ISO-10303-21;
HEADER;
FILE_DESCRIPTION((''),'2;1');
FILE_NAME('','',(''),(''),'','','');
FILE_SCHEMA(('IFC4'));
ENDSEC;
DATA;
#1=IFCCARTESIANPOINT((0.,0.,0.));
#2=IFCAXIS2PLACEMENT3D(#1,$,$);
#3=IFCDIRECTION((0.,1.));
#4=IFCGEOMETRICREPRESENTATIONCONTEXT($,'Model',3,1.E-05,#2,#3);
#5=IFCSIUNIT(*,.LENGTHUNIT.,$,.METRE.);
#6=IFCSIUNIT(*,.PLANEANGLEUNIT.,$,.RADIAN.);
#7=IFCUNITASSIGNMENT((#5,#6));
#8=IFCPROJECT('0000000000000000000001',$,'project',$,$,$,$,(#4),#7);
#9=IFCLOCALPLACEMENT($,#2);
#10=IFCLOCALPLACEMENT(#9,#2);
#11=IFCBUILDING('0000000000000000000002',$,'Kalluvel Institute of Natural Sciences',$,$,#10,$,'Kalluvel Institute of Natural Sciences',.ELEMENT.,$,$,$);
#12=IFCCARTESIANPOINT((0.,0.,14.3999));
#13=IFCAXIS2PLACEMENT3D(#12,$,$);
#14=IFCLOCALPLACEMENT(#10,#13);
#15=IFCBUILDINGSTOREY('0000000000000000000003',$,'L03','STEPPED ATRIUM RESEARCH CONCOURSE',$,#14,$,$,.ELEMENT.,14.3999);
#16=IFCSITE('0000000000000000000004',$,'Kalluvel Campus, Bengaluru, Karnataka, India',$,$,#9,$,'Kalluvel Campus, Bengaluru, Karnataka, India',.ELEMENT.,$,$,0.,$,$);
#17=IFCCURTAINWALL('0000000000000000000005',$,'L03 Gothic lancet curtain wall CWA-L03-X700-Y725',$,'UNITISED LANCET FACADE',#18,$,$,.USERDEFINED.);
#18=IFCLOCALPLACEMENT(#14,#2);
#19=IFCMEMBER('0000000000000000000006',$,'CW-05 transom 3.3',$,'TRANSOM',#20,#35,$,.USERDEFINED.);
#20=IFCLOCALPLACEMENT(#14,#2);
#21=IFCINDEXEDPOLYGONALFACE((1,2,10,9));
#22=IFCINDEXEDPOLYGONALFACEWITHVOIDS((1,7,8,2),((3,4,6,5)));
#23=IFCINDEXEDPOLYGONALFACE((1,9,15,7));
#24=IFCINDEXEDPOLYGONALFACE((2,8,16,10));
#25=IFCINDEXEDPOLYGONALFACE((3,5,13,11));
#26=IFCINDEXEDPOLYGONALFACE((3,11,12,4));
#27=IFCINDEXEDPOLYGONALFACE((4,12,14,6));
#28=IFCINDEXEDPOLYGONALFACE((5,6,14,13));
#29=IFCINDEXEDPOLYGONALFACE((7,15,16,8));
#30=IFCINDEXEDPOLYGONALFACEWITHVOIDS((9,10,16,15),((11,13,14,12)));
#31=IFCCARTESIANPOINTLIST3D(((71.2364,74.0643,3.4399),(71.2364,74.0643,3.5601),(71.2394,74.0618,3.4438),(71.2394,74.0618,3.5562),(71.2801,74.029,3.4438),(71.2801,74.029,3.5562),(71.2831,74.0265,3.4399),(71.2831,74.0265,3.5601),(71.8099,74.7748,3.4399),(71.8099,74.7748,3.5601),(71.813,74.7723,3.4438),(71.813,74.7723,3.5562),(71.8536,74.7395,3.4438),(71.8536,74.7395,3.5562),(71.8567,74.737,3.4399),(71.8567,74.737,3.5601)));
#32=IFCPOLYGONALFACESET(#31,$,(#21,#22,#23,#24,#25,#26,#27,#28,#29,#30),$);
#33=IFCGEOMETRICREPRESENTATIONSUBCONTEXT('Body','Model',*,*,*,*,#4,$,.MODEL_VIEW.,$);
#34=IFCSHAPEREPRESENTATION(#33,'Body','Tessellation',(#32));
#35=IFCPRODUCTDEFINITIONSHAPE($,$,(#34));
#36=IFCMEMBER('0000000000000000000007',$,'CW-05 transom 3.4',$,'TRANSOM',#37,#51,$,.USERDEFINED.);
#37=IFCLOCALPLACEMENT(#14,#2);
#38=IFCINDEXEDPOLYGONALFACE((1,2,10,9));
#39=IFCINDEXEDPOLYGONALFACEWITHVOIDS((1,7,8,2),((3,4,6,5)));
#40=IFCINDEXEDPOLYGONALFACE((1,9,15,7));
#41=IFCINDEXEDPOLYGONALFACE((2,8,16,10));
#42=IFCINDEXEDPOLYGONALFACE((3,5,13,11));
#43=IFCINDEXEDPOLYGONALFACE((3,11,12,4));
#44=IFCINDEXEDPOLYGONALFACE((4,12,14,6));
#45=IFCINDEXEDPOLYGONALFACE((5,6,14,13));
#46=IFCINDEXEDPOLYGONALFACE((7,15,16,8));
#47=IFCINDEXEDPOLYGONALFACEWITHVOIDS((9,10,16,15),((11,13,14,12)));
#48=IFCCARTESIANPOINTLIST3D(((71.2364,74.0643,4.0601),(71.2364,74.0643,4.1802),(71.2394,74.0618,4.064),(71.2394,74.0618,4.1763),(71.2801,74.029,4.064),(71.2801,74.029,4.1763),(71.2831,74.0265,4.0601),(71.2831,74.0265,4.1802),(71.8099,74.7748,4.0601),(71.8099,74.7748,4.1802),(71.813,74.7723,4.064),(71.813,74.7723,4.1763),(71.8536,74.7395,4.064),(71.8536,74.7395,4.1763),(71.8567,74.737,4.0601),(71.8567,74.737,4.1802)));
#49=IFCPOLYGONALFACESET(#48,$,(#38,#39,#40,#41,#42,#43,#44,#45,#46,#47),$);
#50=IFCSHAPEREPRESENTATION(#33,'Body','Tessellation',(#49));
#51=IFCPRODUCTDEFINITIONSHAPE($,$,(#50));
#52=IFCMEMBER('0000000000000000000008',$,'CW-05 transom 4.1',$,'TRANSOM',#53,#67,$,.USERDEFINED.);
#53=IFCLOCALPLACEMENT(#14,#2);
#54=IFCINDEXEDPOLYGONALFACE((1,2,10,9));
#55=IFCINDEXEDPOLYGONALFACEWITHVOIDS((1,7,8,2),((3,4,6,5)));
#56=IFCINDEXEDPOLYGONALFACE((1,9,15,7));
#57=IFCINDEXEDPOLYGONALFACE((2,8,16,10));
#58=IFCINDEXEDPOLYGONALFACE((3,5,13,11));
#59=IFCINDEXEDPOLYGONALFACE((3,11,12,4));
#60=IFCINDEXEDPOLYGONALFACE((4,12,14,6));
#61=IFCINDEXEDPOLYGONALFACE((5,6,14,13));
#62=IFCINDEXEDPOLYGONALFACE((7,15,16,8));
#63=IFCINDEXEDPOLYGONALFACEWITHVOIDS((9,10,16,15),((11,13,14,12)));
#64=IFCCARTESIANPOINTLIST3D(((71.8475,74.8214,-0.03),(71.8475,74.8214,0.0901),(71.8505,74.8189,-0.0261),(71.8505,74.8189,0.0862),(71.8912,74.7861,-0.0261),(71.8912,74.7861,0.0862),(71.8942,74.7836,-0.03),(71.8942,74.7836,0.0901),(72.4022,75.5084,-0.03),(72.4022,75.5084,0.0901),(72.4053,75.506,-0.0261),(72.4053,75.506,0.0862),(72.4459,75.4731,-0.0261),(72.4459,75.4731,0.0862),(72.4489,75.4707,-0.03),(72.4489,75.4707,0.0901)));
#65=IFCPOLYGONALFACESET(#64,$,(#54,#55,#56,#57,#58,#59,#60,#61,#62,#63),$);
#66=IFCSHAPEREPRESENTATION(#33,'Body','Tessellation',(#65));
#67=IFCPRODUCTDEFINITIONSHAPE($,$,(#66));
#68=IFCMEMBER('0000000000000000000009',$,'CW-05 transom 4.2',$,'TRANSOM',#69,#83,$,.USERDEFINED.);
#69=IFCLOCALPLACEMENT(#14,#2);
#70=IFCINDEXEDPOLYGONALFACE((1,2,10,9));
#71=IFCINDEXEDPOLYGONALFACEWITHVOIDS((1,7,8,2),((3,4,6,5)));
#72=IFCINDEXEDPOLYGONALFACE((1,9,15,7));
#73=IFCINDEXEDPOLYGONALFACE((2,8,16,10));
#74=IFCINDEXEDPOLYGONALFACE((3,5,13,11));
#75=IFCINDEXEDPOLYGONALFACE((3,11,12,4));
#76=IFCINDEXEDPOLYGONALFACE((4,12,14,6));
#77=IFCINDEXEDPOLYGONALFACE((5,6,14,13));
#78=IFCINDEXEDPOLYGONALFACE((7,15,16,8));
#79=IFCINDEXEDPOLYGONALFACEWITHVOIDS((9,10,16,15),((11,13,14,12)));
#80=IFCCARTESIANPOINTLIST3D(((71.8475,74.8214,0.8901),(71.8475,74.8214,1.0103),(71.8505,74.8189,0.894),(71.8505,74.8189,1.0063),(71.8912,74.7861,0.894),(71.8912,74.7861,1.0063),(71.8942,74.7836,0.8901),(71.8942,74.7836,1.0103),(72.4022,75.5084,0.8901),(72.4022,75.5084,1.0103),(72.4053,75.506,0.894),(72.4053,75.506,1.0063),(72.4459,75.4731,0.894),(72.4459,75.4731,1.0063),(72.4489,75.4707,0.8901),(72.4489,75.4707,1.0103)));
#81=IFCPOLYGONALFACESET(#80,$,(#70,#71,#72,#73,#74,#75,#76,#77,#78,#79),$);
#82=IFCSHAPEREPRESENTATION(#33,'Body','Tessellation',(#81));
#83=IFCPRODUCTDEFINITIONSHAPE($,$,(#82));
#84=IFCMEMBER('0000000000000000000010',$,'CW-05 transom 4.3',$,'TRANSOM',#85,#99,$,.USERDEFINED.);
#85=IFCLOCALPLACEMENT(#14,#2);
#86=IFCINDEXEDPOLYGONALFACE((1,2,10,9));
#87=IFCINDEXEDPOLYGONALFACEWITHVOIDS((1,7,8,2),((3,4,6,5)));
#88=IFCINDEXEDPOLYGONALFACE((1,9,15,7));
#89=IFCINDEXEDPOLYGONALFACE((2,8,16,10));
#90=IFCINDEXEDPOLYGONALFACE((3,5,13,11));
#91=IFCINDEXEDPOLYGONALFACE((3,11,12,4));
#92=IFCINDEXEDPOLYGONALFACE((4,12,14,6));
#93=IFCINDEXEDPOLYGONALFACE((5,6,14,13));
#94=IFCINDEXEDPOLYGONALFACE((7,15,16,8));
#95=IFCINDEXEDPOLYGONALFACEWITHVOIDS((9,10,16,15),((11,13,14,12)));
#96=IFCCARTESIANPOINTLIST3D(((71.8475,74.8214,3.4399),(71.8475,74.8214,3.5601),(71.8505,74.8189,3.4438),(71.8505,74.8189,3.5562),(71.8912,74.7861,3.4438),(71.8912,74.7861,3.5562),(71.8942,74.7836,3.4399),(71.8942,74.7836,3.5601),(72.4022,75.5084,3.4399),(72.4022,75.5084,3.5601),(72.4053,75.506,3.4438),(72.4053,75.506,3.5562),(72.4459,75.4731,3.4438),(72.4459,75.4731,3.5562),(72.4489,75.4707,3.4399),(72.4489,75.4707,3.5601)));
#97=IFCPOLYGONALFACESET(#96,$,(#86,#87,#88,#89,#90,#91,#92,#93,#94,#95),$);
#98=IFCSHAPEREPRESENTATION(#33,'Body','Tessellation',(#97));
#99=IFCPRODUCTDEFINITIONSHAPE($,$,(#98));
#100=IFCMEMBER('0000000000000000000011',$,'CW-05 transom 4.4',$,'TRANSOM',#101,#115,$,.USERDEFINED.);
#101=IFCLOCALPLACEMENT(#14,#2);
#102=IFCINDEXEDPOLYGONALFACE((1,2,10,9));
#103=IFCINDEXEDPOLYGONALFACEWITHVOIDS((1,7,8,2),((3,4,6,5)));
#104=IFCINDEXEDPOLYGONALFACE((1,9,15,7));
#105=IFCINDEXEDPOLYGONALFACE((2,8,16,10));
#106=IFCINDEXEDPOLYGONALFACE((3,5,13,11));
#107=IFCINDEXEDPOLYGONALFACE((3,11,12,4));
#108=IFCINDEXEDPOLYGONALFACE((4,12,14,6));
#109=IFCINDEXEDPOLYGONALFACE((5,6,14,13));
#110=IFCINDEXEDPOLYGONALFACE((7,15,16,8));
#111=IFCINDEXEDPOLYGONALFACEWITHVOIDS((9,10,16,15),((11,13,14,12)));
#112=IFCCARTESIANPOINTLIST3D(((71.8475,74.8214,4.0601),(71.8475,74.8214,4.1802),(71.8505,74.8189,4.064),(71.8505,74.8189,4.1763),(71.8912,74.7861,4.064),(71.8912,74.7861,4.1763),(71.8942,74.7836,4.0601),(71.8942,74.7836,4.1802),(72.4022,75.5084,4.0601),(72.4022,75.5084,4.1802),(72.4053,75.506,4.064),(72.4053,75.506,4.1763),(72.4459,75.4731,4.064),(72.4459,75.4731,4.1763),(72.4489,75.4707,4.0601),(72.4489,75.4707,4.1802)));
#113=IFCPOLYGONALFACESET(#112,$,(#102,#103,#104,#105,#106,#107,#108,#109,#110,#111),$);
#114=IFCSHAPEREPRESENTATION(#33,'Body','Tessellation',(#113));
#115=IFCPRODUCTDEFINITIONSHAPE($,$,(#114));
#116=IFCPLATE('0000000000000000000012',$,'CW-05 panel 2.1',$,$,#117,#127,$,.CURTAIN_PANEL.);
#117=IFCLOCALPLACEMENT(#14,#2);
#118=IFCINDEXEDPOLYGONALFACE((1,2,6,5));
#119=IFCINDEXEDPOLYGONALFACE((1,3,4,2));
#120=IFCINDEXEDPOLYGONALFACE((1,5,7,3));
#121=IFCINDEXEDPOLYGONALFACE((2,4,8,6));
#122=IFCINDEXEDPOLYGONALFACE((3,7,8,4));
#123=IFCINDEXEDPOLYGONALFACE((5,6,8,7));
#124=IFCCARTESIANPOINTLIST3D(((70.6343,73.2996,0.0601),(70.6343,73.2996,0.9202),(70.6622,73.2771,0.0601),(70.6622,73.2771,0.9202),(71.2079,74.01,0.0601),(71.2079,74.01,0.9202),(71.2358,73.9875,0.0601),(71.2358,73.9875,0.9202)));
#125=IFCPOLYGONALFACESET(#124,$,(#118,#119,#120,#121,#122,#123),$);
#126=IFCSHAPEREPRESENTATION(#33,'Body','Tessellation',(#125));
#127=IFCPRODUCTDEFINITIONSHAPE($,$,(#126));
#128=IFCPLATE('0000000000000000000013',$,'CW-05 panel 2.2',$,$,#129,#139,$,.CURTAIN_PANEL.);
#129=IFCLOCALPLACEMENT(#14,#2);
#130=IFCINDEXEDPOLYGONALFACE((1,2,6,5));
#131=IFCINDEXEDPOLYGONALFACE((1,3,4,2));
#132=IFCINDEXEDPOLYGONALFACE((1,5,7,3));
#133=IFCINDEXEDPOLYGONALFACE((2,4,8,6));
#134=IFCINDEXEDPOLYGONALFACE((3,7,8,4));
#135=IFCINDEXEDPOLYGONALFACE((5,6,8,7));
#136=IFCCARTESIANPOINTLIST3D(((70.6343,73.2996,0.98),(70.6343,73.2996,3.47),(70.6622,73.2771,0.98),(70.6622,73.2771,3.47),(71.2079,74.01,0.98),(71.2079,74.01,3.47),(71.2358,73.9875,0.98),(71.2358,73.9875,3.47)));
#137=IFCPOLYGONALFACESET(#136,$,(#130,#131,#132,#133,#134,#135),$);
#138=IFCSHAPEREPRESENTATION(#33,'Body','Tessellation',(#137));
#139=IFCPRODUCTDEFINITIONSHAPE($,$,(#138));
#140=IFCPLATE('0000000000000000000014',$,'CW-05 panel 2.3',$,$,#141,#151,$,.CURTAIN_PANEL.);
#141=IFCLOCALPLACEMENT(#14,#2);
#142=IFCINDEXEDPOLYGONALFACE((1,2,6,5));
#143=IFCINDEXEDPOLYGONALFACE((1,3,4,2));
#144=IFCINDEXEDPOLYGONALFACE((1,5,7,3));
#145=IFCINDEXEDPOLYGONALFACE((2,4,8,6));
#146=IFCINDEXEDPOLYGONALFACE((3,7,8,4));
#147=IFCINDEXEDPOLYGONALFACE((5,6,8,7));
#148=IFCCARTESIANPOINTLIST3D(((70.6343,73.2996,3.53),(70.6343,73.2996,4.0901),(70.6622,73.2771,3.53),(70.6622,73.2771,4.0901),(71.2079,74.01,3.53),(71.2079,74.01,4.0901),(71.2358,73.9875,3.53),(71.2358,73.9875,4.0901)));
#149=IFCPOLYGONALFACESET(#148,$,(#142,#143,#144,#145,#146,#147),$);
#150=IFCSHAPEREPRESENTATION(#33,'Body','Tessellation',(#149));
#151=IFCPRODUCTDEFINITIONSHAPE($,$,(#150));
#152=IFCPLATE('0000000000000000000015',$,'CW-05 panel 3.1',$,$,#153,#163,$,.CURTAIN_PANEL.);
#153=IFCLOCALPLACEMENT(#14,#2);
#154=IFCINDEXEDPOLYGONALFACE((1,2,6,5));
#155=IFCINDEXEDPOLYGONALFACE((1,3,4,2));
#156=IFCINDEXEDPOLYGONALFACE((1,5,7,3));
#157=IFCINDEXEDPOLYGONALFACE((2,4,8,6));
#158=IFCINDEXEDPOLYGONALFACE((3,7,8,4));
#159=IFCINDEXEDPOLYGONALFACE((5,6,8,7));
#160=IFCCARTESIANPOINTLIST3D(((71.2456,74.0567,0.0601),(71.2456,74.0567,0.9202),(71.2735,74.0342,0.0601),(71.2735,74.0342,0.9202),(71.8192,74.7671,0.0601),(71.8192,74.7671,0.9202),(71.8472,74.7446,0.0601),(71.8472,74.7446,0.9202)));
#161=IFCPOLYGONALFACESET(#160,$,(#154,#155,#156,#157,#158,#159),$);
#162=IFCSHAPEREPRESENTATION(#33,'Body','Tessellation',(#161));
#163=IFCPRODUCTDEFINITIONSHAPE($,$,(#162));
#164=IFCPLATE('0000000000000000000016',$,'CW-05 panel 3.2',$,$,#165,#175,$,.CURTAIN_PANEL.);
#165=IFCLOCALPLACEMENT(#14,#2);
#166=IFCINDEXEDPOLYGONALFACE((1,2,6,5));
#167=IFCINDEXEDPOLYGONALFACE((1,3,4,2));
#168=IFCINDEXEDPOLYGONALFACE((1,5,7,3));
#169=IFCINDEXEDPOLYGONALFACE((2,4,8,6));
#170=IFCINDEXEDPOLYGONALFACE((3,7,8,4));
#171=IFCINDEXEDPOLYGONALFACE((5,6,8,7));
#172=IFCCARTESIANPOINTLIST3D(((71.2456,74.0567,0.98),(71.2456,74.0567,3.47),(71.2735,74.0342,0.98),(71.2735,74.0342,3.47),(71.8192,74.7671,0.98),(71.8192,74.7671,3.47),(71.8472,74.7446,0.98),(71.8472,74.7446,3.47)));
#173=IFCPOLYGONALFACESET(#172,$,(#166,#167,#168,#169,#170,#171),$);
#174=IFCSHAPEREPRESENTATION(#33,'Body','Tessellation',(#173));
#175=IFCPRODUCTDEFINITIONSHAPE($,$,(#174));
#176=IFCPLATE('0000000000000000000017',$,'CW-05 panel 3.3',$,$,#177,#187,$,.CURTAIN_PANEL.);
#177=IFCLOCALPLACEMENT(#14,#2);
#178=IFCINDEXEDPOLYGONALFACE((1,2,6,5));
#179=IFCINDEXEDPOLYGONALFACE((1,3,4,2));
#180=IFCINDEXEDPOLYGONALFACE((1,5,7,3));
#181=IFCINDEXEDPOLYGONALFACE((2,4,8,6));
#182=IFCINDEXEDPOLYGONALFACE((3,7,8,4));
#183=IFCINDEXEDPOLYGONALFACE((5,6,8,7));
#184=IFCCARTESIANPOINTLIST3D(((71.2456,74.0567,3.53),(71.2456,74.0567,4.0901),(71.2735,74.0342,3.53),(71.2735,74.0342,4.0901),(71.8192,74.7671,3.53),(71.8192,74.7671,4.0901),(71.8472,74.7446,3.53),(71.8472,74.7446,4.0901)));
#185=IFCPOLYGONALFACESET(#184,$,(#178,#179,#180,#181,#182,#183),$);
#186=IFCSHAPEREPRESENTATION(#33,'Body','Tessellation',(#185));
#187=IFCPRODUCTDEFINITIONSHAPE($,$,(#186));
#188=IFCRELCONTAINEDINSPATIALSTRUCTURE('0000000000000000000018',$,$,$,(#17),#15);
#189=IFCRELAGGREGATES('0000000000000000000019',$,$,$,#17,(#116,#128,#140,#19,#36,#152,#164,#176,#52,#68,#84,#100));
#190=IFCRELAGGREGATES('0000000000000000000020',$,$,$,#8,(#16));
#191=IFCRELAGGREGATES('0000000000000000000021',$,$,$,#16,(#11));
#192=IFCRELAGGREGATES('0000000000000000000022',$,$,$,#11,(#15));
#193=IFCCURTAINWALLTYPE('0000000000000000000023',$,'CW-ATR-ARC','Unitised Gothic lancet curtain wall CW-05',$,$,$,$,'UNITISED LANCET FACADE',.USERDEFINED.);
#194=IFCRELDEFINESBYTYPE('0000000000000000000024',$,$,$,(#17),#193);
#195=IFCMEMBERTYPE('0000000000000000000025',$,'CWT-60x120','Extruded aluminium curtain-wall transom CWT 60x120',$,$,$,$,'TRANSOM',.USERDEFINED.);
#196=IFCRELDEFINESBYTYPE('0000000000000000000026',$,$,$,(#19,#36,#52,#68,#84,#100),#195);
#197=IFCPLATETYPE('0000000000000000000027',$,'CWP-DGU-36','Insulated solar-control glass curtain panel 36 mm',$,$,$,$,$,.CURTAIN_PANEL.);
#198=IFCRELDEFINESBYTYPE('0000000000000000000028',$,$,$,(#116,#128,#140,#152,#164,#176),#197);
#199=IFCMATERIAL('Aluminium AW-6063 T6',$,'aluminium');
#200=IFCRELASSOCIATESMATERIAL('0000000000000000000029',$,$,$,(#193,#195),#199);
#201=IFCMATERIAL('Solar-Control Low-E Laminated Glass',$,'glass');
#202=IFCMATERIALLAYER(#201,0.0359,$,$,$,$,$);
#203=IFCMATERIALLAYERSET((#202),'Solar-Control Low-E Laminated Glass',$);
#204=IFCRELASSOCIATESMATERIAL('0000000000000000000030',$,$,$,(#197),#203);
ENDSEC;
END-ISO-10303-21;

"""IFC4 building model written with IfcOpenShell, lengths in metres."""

from ifc_helpers import new_model, si_unit, direction, frame, origin, origin_2d, place, context, subcontext, project, spatial, rectangle, hollow_rectangle, extrude, material, layer, layer_set, material_profile, profile_set, type_object, element, aggregate, save


model = new_model("IFC4")

# Units and contexts
model_context = context("Model", 3, precision=1e-05, world=origin(), true_north=direction((0.0, 1.0)))
body_context = subcontext(model_context, "Body", "Model", "MODEL_VIEW")
ifc_project = project(units=[si_unit("LENGTHUNIT", "METRE"), si_unit("PLANEANGLEUNIT", "RADIAN")], contexts=[model_context])

# Site, building, storey
site_placement = place(None, origin())
site = spatial("IfcSite", under=ifc_project, at=site_placement, Name="Kalluvel Campus, Bengaluru, Karnataka, India", LongName="Kalluvel Campus, Bengaluru, Karnataka, India", CompositionType="ELEMENT", RefElevation=0.0)
building_placement = place(site_placement, origin())
building = spatial("IfcBuilding", under=site, at=building_placement, Name="Kalluvel Institute of Natural Sciences", LongName="Kalluvel Institute of Natural Sciences", CompositionType="ELEMENT")
storey_placement = place(building_placement, frame((0.0, 0.0, 14.3999)))
storey = spatial("IfcBuildingStorey", under=building, at=storey_placement, Name="L03", Description="STEPPED ATRIUM RESEARCH CONCOURSE", CompositionType="ELEMENT", Elevation=14.3999)

# Curtain wall, members, plates
ifc_material_1 = material(Name="Aluminium AW-6063 T6", Category="aluminium")
curtain_wall_type = type_object("IfcCurtainWallType", Name="CW-ATR-ARC", Description="Unitised Gothic lancet curtain wall CW-05", ElementType="UNITISED LANCET FACADE", PredefinedType="USERDEFINED", material=ifc_material_1)
curtain_wall_placement = place(storey_placement, origin())
curtain_wall = element("IfcCurtainWall", 1, at=curtain_wall_placement, inside=storey, type_object=curtain_wall_type, Name="L03 Gothic lancet curtain wall CWA-L03-X700-Y725", ObjectType="UNITISED LANCET FACADE", PredefinedType="USERDEFINED")
ifc_material_profile_1 = material_profile(ifc_material_1, hollow_rectangle(XDim=0.0601, YDim=0.1201, WallThickness=0.0039, at=origin_2d()), Name="CWT 60x120")
ifc_profile_set_1 = profile_set([ifc_material_profile_1], Name="Aluminium AW-6063 T6")
member_type_1 = type_object("IfcMemberType", Name="CWT-60x120", Description="Extruded aluminium curtain-wall transom CWT 60x120", ElementType="TRANSOM", PredefinedType="USERDEFINED", material=ifc_profile_set_1)
member_1_placement = place(storey_placement, frame((71.2598, 74.0454, 3.5), z_axis=(0.628113, 0.778122, 0.0), x_axis=(-0.778122, 0.628113, 0.0)))
member_1 = element("IfcMember", 2, at=member_1_placement, type_object=member_type_1, Name="CW-05 transom 3.3", ObjectType="TRANSOM", PredefinedType="USERDEFINED", context=body_context, shape_type="SweptSolid", body=[
    extrude(hollow_rectangle(XDim=0.0601, YDim=0.1201, WallThickness=0.0039, at=origin_2d()), origin(), (0.0, 0.0, 1.0), 0.9131),
])
member_2_placement = place(storey_placement, frame((71.2598, 74.0454, 4.1201), z_axis=(0.628113, 0.778122, 0.0), x_axis=(-0.778122, 0.628113, 0.0)))
member_2 = element("IfcMember", 3, at=member_2_placement, type_object=member_type_1, Name="CW-05 transom 3.4", ObjectType="TRANSOM", PredefinedType="USERDEFINED", context=body_context, shape_type="SweptSolid", body=[
    extrude(hollow_rectangle(XDim=0.0601, YDim=0.1201, WallThickness=0.0039, at=origin_2d()), origin(), (0.0, 0.0, 1.0), 0.9131),
])
member_3_placement = place(storey_placement, frame((71.8708, 74.8025, 0.03), z_axis=(0.628196, 0.778056, 0.0), x_axis=(-0.778056, 0.628196, 0.0)))
member_3 = element("IfcMember", 4, at=member_3_placement, type_object=member_type_1, Name="CW-05 transom 4.1", ObjectType="TRANSOM", PredefinedType="USERDEFINED", context=body_context, shape_type="SweptSolid", body=[
    extrude(hollow_rectangle(XDim=0.0601, YDim=0.1201, WallThickness=0.0039, at=origin_2d()), origin(), (0.0, 0.0, 1.0), 0.8831),
])
member_4_placement = place(storey_placement, frame((71.8708, 74.8025, 0.9502), z_axis=(0.628196, 0.778056, 0.0), x_axis=(-0.778056, 0.628196, 0.0)))
member_4 = element("IfcMember", 5, at=member_4_placement, type_object=member_type_1, Name="CW-05 transom 4.2", ObjectType="TRANSOM", PredefinedType="USERDEFINED", context=body_context, shape_type="SweptSolid", body=[
    extrude(hollow_rectangle(XDim=0.0601, YDim=0.1201, WallThickness=0.0039, at=origin_2d()), origin(), (0.0, 0.0, 1.0), 0.8831),
])
member_5_placement = place(storey_placement, frame((71.8708, 74.8025, 3.5), z_axis=(0.628196, 0.778056, 0.0), x_axis=(-0.778056, 0.628196, 0.0)))
member_5 = element("IfcMember", 6, at=member_5_placement, type_object=member_type_1, Name="CW-05 transom 4.3", ObjectType="TRANSOM", PredefinedType="USERDEFINED", context=body_context, shape_type="SweptSolid", body=[
    extrude(hollow_rectangle(XDim=0.0601, YDim=0.1201, WallThickness=0.0039, at=origin_2d()), origin(), (0.0, 0.0, 1.0), 0.8831),
])
member_6_placement = place(storey_placement, frame((71.8708, 74.8025, 4.1201), z_axis=(0.628196, 0.778056, 0.0), x_axis=(-0.778056, 0.628196, 0.0)))
member_6 = element("IfcMember", 7, at=member_6_placement, type_object=member_type_1, Name="CW-05 transom 4.4", ObjectType="TRANSOM", PredefinedType="USERDEFINED", context=body_context, shape_type="SweptSolid", body=[
    extrude(hollow_rectangle(XDim=0.0601, YDim=0.1201, WallThickness=0.0039, at=origin_2d()), origin(), (0.0, 0.0, 1.0), 0.8831),
])
ifc_material_2 = material(Name="Solar-Control Low-E Laminated Glass", Category="glass")
ifc_layer = layer(ifc_material_2, 0.0359)
ifc_layer_set = layer_set([ifc_layer], Name="Solar-Control Low-E Laminated Glass")
plate_type = type_object("IfcPlateType", Name="CWP-DGU-36", Description="Insulated solar-control glass curtain panel 36 mm", PredefinedType="CURTAIN_PANEL", material=ifc_layer_set)
plate_1_placement = place(storey_placement, frame((70.9351, 73.6436, 0.0601), z_axis=(0.0, 0.0, 1.0), x_axis=(0.628229, 0.778028, 0.0)))
plate_1 = element("IfcPlate", 8, at=plate_1_placement, type_object=plate_type, Name="CW-05 panel 2.1", PredefinedType="CURTAIN_PANEL", context=body_context, shape_type="SweptSolid", body=[
    extrude(rectangle(XDim=0.9131, YDim=0.0359, at=origin_2d()), origin(), (0.0, 0.0, 1.0), 0.8601),
])
plate_2_placement = place(storey_placement, frame((70.9351, 73.6436, 0.98), z_axis=(0.0, 0.0, 1.0), x_axis=(0.628229, 0.778028, 0.0)))
plate_2 = element("IfcPlate", 9, at=plate_2_placement, type_object=plate_type, Name="CW-05 panel 2.2", PredefinedType="CURTAIN_PANEL", context=body_context, shape_type="SweptSolid", body=[
    extrude(rectangle(XDim=0.9131, YDim=0.0359, at=origin_2d()), origin(), (0.0, 0.0, 1.0), 2.49),
])
plate_3_placement = place(storey_placement, frame((70.9351, 73.6436, 3.53), z_axis=(0.0, 0.0, 1.0), x_axis=(0.628229, 0.778028, 0.0)))
plate_3 = element("IfcPlate", 10, at=plate_3_placement, type_object=plate_type, Name="CW-05 panel 2.3", PredefinedType="CURTAIN_PANEL", context=body_context, shape_type="SweptSolid", body=[
    extrude(rectangle(XDim=0.9131, YDim=0.0359, at=origin_2d()), origin(), (0.0, 0.0, 1.0), 0.5601),
])
plate_4_placement = place(storey_placement, frame((71.5464, 74.4006, 0.0601), z_axis=(0.0, 0.0, 1.0), x_axis=(0.628229, 0.778028, 0.0)))
plate_4 = element("IfcPlate", 11, at=plate_4_placement, type_object=plate_type, Name="CW-05 panel 3.1", PredefinedType="CURTAIN_PANEL", context=body_context, shape_type="SweptSolid", body=[
    extrude(rectangle(XDim=0.9131, YDim=0.0359, at=origin_2d()), origin(), (0.0, 0.0, 1.0), 0.8601),
])
plate_5_placement = place(storey_placement, frame((71.5464, 74.4006, 0.98), z_axis=(0.0, 0.0, 1.0), x_axis=(0.628229, 0.778028, 0.0)))
plate_5 = element("IfcPlate", 12, at=plate_5_placement, type_object=plate_type, Name="CW-05 panel 3.2", PredefinedType="CURTAIN_PANEL", context=body_context, shape_type="SweptSolid", body=[
    extrude(rectangle(XDim=0.9131, YDim=0.0359, at=origin_2d()), origin(), (0.0, 0.0, 1.0), 2.49),
])
plate_6_placement = place(storey_placement, frame((71.5464, 74.4006, 3.53), z_axis=(0.0, 0.0, 1.0), x_axis=(0.628229, 0.778028, 0.0)))
plate_6 = element("IfcPlate", 13, at=plate_6_placement, type_object=plate_type, Name="CW-05 panel 3.3", PredefinedType="CURTAIN_PANEL", context=body_context, shape_type="SweptSolid", body=[
    extrude(rectangle(XDim=0.9131, YDim=0.0359, at=origin_2d()), origin(), (0.0, 0.0, 1.0), 0.5601),
])
aggregate(curtain_wall, [plate_1, plate_2, plate_3, member_1, member_2, plate_4, plate_5, plate_6, member_3, member_4, member_5, member_6])

save(model, "model.ifc")
